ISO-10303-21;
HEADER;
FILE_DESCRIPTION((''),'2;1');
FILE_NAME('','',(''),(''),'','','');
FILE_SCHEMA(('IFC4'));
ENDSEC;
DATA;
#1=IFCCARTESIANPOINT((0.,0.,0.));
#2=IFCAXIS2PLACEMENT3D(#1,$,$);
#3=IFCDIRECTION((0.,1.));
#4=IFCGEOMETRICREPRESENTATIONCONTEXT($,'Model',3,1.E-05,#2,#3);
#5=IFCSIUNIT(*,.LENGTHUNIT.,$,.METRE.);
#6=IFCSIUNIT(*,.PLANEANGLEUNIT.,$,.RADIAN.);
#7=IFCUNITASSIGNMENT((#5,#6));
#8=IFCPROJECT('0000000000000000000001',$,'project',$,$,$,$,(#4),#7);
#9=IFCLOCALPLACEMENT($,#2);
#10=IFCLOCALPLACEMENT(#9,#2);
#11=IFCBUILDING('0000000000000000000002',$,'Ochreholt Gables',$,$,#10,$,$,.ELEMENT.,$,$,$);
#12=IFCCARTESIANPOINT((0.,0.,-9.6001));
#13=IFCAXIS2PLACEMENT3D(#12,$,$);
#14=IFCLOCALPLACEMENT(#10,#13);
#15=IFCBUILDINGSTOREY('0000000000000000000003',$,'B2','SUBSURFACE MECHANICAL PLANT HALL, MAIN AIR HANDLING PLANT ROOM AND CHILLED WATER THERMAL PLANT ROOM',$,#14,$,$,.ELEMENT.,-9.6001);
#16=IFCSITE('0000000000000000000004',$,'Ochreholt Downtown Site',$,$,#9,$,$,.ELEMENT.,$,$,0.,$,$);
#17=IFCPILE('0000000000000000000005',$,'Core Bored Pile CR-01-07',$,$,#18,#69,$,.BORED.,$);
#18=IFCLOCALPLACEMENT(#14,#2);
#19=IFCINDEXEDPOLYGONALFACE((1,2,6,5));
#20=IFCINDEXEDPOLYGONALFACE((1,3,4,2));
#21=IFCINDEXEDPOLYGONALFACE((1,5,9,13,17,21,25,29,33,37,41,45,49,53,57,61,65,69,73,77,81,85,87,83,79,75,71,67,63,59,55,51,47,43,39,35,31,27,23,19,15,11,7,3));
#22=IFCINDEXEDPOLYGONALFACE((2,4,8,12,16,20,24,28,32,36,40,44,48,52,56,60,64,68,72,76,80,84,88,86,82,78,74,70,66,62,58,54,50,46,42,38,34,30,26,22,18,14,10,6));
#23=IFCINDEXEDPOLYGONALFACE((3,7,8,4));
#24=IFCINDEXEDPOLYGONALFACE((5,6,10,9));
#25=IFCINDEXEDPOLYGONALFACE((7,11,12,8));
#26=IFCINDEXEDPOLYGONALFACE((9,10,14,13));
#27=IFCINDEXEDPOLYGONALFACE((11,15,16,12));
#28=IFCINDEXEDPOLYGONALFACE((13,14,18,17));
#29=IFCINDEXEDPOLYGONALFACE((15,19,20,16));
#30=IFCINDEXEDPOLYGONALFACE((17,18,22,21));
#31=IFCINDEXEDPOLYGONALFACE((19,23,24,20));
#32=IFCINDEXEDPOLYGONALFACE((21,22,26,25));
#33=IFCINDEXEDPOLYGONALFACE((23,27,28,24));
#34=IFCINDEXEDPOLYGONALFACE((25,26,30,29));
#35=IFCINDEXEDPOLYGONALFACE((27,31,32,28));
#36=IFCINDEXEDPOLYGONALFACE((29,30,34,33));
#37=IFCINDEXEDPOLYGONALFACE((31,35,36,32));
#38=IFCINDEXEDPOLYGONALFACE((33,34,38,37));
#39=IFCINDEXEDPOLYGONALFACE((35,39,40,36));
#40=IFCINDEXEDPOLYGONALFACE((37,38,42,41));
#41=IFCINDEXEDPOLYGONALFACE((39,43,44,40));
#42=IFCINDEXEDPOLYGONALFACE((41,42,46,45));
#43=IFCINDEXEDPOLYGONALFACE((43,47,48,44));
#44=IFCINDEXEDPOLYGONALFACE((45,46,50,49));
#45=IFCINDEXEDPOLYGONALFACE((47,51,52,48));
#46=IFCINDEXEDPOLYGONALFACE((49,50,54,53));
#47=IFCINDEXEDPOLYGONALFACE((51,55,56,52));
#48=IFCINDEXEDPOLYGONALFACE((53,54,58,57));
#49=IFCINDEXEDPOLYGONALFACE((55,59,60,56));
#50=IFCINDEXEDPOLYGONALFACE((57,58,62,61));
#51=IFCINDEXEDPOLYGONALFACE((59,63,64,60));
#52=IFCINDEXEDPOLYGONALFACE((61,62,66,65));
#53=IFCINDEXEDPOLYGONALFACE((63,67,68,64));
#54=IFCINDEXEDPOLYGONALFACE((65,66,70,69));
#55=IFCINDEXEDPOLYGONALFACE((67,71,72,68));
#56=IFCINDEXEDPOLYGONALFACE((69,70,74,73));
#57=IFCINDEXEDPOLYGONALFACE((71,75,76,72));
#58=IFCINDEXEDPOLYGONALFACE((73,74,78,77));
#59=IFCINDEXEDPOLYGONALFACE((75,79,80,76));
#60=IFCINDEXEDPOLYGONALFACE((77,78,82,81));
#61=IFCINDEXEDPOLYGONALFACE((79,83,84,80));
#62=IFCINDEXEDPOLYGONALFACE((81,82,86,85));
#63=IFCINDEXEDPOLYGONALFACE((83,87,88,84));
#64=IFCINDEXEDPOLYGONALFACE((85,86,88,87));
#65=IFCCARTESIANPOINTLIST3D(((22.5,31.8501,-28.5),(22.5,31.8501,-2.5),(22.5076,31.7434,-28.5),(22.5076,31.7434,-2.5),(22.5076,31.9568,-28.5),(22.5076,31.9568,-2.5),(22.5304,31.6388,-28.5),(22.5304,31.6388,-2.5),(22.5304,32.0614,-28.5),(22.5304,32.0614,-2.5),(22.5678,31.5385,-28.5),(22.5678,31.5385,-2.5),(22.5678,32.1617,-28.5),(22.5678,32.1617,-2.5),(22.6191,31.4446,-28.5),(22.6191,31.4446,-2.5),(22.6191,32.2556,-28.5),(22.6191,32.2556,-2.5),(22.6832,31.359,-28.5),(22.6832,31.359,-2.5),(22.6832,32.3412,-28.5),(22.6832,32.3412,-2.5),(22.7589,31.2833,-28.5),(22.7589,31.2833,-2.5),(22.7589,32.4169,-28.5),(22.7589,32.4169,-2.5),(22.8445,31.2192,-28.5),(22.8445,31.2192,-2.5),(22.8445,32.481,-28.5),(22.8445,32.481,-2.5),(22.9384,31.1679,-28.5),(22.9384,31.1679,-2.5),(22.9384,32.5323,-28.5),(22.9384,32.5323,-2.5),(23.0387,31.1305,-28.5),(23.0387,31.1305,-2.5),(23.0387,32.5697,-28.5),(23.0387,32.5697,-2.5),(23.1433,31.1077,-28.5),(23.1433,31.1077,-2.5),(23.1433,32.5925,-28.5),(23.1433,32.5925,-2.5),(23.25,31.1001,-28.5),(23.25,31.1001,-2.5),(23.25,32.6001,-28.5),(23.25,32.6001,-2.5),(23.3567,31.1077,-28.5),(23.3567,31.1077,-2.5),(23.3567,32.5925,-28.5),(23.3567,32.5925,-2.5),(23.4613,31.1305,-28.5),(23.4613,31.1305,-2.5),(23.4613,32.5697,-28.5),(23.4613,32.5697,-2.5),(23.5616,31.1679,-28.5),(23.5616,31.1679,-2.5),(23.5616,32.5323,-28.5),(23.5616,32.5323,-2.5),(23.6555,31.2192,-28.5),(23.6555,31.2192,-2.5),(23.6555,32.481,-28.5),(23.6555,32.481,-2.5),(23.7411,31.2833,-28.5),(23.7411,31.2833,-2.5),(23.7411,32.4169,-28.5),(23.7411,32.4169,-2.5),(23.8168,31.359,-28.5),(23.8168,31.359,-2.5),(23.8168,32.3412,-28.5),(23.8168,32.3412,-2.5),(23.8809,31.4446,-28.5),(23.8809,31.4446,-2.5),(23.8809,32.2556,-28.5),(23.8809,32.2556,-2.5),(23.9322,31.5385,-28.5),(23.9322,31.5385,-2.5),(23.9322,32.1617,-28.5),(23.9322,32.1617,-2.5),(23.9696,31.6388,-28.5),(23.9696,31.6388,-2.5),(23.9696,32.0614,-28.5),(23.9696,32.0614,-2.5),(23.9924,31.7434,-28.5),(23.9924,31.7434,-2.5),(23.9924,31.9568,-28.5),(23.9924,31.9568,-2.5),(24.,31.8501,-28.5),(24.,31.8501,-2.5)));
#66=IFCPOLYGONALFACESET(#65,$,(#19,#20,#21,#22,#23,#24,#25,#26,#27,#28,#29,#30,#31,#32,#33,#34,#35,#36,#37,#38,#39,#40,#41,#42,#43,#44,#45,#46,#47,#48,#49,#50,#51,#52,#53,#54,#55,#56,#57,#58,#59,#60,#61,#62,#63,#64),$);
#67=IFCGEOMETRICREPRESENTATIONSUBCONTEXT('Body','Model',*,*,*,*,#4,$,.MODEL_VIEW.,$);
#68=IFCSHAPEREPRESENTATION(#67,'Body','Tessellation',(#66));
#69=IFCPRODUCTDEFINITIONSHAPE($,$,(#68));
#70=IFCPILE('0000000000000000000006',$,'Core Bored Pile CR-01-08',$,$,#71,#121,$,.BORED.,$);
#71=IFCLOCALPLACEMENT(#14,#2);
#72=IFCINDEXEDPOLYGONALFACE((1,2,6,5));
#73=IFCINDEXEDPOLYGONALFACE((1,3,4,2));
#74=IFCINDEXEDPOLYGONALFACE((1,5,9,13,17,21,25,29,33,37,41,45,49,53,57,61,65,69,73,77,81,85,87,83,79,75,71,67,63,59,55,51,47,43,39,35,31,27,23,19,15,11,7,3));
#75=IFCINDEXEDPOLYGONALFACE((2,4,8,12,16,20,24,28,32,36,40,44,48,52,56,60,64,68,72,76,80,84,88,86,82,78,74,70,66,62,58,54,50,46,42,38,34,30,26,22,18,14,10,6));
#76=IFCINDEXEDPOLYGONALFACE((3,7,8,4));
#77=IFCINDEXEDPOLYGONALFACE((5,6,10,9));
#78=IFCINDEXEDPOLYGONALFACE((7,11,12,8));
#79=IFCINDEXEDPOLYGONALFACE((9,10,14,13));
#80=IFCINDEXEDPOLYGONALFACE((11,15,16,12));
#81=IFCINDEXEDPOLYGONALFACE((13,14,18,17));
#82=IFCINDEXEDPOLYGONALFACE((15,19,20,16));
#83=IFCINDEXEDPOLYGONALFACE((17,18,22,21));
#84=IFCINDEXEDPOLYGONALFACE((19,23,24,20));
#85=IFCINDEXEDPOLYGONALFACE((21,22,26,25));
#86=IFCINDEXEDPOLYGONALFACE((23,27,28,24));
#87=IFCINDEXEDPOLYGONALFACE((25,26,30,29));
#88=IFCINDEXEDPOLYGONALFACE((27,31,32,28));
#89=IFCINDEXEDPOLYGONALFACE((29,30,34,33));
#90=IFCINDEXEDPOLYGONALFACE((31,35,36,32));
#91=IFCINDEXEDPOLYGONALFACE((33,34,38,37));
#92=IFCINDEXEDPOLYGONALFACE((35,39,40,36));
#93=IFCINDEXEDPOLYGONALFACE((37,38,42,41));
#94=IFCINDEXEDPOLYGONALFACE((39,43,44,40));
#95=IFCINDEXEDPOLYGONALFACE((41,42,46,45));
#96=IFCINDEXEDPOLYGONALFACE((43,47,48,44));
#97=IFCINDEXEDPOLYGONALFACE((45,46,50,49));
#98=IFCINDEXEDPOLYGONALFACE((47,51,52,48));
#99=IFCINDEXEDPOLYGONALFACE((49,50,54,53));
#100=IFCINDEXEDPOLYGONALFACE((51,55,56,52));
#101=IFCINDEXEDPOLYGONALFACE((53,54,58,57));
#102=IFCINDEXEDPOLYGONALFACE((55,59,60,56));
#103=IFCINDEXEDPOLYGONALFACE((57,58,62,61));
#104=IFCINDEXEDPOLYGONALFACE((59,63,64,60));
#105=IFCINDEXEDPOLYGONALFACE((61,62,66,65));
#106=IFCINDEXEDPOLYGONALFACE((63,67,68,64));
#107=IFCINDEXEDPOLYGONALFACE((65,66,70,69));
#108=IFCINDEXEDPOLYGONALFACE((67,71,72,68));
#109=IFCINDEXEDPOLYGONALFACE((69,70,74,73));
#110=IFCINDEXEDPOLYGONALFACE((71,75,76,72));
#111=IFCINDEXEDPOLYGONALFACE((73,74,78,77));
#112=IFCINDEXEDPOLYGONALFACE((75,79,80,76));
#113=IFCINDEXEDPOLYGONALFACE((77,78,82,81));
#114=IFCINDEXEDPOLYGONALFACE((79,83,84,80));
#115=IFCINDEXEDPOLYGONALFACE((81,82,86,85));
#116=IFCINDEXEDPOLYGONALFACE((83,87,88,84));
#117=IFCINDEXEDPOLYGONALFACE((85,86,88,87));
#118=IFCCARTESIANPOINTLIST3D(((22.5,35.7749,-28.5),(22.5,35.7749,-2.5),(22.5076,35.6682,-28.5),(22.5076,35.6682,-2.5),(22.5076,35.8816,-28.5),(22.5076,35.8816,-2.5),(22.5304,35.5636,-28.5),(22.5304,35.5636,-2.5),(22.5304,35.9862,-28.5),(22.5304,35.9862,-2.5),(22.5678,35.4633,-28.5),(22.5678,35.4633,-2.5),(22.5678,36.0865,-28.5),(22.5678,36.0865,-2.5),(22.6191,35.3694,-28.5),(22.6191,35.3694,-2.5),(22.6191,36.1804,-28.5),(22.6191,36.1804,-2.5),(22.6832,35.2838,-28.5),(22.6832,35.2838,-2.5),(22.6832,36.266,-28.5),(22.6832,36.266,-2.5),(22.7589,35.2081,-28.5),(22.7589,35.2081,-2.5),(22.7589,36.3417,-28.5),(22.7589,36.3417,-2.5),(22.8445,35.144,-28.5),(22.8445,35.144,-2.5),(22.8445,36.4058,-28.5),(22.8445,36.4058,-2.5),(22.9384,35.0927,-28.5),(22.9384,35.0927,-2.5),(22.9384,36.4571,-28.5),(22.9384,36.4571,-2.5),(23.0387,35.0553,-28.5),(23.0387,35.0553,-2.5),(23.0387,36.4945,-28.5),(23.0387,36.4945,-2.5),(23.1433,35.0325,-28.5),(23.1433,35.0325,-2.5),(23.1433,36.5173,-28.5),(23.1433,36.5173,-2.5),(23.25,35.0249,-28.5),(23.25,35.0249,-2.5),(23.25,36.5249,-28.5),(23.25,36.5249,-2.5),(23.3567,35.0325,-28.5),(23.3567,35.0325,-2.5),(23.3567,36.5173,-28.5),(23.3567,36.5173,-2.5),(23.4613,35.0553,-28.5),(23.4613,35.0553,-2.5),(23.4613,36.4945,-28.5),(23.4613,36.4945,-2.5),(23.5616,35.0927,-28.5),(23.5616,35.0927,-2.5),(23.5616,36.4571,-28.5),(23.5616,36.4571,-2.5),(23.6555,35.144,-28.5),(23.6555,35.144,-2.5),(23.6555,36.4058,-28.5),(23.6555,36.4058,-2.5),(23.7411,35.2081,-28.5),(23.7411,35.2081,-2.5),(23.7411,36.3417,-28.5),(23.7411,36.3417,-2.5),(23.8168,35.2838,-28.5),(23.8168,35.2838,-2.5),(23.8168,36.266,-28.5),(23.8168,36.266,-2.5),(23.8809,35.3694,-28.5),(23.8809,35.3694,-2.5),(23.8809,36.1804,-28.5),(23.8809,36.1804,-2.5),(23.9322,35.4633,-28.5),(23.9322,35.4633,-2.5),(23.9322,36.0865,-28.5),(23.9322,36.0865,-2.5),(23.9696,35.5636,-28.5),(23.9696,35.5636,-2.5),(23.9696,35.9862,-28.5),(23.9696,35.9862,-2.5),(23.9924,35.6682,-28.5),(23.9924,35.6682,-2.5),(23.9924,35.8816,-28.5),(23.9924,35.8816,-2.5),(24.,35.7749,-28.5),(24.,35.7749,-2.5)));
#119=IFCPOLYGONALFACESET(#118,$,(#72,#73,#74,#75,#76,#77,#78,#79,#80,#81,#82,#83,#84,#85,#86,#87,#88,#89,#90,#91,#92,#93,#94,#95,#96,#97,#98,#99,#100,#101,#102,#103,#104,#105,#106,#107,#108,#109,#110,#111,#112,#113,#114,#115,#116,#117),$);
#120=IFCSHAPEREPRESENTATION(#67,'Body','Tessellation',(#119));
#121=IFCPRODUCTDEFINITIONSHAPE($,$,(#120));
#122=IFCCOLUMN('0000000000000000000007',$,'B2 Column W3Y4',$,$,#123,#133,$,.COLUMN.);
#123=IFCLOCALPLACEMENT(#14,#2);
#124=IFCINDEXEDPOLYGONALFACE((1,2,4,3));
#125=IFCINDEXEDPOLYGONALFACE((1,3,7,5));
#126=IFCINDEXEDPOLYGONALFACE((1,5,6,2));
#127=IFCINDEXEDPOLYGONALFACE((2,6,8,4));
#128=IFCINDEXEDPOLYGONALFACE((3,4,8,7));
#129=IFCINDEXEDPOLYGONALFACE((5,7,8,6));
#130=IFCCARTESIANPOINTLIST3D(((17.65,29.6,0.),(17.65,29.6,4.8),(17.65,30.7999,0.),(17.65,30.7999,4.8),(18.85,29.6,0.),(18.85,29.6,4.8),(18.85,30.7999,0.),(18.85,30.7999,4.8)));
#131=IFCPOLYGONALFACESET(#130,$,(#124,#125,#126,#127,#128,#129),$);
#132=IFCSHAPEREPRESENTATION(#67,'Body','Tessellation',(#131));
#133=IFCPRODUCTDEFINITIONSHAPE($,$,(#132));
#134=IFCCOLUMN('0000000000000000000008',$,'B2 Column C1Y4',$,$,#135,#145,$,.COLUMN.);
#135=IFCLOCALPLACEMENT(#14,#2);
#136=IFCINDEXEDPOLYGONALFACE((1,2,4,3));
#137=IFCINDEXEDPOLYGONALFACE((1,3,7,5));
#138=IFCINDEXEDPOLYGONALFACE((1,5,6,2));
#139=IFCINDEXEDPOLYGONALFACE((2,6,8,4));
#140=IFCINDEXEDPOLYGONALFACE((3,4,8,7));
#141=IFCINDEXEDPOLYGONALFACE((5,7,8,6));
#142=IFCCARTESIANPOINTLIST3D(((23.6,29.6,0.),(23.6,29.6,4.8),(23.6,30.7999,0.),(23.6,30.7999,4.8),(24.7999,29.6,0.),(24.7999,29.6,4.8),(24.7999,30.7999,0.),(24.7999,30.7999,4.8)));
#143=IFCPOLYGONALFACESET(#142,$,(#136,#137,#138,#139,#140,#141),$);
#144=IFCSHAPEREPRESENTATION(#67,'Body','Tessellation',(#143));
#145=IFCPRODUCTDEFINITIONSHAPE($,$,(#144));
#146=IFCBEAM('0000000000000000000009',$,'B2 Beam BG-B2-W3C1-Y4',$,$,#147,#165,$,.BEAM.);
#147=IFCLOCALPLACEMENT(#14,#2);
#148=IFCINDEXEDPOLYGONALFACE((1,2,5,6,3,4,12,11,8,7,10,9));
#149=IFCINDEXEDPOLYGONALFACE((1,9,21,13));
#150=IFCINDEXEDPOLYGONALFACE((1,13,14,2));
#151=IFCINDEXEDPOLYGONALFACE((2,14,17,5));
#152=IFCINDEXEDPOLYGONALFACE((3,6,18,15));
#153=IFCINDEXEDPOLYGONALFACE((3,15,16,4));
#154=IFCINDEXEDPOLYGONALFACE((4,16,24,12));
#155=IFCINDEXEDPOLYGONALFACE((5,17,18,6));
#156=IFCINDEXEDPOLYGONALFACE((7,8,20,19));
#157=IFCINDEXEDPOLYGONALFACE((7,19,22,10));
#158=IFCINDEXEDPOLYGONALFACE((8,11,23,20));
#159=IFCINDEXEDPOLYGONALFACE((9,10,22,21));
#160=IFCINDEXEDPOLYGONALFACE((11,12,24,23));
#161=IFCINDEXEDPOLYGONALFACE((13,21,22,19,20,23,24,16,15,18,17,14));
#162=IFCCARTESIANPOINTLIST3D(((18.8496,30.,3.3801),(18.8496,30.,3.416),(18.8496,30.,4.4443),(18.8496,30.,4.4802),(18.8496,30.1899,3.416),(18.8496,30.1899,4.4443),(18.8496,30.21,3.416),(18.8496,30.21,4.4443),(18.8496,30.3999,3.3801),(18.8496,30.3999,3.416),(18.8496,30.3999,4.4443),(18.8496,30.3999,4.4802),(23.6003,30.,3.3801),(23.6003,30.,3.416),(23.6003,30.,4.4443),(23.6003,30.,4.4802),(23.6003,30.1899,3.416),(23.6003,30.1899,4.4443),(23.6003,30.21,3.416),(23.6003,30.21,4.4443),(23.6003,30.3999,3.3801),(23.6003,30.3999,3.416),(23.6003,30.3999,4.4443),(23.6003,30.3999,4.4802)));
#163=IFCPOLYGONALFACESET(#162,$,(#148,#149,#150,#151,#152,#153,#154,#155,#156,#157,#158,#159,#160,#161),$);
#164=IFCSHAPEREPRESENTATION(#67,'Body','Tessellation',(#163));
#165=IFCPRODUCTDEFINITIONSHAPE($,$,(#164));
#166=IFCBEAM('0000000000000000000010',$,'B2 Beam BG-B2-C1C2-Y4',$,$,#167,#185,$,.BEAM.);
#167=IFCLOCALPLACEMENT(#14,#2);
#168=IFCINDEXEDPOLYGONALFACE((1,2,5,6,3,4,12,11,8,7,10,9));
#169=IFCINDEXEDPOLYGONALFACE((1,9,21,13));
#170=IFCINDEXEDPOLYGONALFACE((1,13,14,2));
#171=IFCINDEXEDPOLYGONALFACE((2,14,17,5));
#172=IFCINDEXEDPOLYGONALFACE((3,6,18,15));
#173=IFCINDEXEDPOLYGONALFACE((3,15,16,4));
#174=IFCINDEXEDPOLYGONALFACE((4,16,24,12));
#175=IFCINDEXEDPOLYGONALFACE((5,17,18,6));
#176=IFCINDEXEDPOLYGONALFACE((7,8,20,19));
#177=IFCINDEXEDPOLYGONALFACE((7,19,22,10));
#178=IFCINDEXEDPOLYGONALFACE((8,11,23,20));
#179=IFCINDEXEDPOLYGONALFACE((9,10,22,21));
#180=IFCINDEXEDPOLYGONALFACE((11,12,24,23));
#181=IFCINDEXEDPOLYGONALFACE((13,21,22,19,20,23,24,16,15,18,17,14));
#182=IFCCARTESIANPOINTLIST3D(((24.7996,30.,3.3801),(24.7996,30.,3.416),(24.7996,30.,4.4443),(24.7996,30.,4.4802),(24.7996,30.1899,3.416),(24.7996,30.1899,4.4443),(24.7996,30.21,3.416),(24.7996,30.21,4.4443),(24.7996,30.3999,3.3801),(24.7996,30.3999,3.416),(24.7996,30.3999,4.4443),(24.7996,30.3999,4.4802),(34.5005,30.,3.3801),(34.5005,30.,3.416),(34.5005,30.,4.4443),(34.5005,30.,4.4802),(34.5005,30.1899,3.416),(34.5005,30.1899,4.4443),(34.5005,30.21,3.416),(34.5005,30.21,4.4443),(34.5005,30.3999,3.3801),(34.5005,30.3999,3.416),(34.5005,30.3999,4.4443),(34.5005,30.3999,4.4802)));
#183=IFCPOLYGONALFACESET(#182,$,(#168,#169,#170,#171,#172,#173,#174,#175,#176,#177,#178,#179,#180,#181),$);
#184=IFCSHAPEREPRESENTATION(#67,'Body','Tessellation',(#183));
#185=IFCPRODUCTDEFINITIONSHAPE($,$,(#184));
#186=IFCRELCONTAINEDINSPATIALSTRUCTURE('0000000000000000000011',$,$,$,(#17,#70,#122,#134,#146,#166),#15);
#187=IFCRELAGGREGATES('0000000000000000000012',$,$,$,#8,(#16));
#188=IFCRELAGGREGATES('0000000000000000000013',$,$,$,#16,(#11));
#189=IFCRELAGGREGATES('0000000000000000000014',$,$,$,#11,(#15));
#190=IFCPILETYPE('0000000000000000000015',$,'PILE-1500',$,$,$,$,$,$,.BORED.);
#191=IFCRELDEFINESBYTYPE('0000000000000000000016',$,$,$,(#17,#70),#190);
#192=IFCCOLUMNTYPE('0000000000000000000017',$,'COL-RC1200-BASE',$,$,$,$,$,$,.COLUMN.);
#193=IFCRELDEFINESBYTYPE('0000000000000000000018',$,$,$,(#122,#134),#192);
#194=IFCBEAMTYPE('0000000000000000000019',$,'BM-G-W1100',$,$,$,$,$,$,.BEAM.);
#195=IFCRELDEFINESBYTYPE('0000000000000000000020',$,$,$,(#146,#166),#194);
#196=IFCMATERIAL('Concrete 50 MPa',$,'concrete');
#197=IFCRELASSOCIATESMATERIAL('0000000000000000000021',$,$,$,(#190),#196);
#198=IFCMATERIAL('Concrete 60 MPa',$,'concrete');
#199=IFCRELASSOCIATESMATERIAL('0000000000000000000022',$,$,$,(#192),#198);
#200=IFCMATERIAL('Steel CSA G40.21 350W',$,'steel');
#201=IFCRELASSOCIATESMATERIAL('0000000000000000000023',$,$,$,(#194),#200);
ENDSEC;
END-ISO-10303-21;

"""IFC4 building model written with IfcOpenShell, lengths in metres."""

from ifc_helpers import new_model, si_unit, direction, frame, origin, origin_2d, place, context, subcontext, project, spatial, rectangle, circle, i_section, extrude, material, material_profile, profile_set, type_object, element, save


model = new_model("IFC4")

# Units and contexts
model_context = context("Model", 3, precision=1e-05, world=origin(), true_north=direction((0.0, 1.0)))
body_context = subcontext(model_context, "Body", "Model", "MODEL_VIEW")
ifc_project = project(units=[si_unit("LENGTHUNIT", "METRE"), si_unit("PLANEANGLEUNIT", "RADIAN")], contexts=[model_context])

# Site, building, storey
site_placement = place(None, origin())
site = spatial("IfcSite", under=ifc_project, at=site_placement, Name="Ochreholt Downtown Site", CompositionType="ELEMENT", RefElevation=0.0)
building_placement = place(site_placement, origin())
building = spatial("IfcBuilding", under=site, at=building_placement, Name="Ochreholt Gables", CompositionType="ELEMENT")
storey_placement = place(building_placement, frame((0.0, 0.0, -9.6001)))
storey = spatial("IfcBuildingStorey", under=building, at=storey_placement, Name="B2", Description="SUBSURFACE MECHANICAL PLANT HALL, MAIN AIR HANDLING PLANT ROOM AND CHILLED WATER THERMAL PLANT ROOM", CompositionType="ELEMENT", Elevation=-9.6001)

# Piles
ifc_material_1 = material(Name="Concrete 50 MPa", Category="concrete")
ifc_material_profile_1 = material_profile(ifc_material_1, circle(Radius=0.75, at=origin_2d()), Name="PILE1500")
ifc_profile_set_1 = profile_set([ifc_material_profile_1], Name="Concrete 50 MPa")
pile_type = type_object("IfcPileType", Name="PILE-1500", PredefinedType="BORED", material=ifc_profile_set_1)
for number, where, z_axis, x_axis, name in (
    (1, (23.25, 31.8501, -2.5), (0.0, 0.0, -1.0), (1.0, 0.0, 0.0), "Core Bored Pile CR-01-07"),
    (2, (23.25, 35.7749, -2.5), (0.0, 0.0, -1.0), (1.0, 0.0, 0.0), "Core Bored Pile CR-01-08"),
):
    element("IfcPile", number, at=place(storey_placement, frame(where, z_axis=z_axis, x_axis=x_axis)), inside=storey, type_object=pile_type, Name=name, PredefinedType="BORED", context=body_context, shape_type="SweptSolid", body=[
        extrude(circle(Radius=0.75, at=origin_2d()), origin(), (0.0, 0.0, 1.0), 26.0),
    ])

# Columns
ifc_material_2 = material(Name="Concrete 60 MPa", Category="concrete")
ifc_material_profile_2 = material_profile(ifc_material_2, rectangle(XDim=1.2, YDim=1.2, at=origin_2d()), Name="RC1200X1200")
ifc_profile_set_2 = profile_set([ifc_material_profile_2], Name="Concrete 60 MPa")
column_type = type_object("IfcColumnType", Name="COL-RC1200-BASE", PredefinedType="COLUMN", material=ifc_profile_set_2)
for number, where, z_axis, x_axis, name in (
    (3, (18.25, 30.2, 0.0), (0.0, 0.0, 1.0), (1.0, 0.0, 0.0), "B2 Column W3Y4"),
    (4, (24.2, 30.2, 0.0), (0.0, 0.0, 1.0), (1.0, 0.0, 0.0), "B2 Column C1Y4"),
):
    element("IfcColumn", number, at=place(storey_placement, frame(where, z_axis=z_axis, x_axis=x_axis)), inside=storey, type_object=column_type, Name=name, PredefinedType="COLUMN", context=body_context, shape_type="SweptSolid", body=[
        extrude(rectangle(XDim=1.2, YDim=1.2, at=origin_2d()), origin(), (0.0, 0.0, 1.0), 4.8),
    ])

# Beams
ifc_material_3 = material(Name="Steel CSA G40.21 350W", Category="steel")
ifc_material_profile_3 = material_profile(ifc_material_3, i_section(OverallWidth=0.3999, OverallDepth=1.1001, WebThickness=0.02, FlangeThickness=0.0359, at=origin_2d()), Name="W1100X390")
ifc_profile_set_3 = profile_set([ifc_material_profile_3], Name="Steel CSA G40.21 350W")
beam_type_1 = type_object("IfcBeamType", Name="BM-G-W1100", PredefinedType="BEAM", material=ifc_profile_set_3)
beam_1_placement = place(storey_placement, frame((18.8496, 30.2, 3.9302), z_axis=(1.0, 0.0, 0.0), x_axis=(0.0, 1.0, 0.0)))
element("IfcBeam", 5, at=beam_1_placement, inside=storey, type_object=beam_type_1, Name="B2 Beam BG-B2-W3C1-Y4", PredefinedType="BEAM", context=body_context, shape_type="SweptSolid", body=[
    extrude(i_section(OverallWidth=0.3999, OverallDepth=1.1001, WebThickness=0.02, FlangeThickness=0.0359, at=origin_2d()), origin(), (0.0, 0.0, 1.0), 4.7507),
])
beam_2_placement = place(storey_placement, frame((24.7996, 30.2, 3.9302), z_axis=(1.0, 0.0, 0.0), x_axis=(0.0, 1.0, 0.0)))
element("IfcBeam", 6, at=beam_2_placement, inside=storey, type_object=beam_type_1, Name="B2 Beam BG-B2-C1C2-Y4", PredefinedType="BEAM", context=body_context, shape_type="SweptSolid", body=[
    extrude(i_section(OverallWidth=0.3999, OverallDepth=1.1001, WebThickness=0.02, FlangeThickness=0.0359, at=origin_2d()), origin(), (0.0, 0.0, 1.0), 9.7009),
])

save(model, "model.ifc")
